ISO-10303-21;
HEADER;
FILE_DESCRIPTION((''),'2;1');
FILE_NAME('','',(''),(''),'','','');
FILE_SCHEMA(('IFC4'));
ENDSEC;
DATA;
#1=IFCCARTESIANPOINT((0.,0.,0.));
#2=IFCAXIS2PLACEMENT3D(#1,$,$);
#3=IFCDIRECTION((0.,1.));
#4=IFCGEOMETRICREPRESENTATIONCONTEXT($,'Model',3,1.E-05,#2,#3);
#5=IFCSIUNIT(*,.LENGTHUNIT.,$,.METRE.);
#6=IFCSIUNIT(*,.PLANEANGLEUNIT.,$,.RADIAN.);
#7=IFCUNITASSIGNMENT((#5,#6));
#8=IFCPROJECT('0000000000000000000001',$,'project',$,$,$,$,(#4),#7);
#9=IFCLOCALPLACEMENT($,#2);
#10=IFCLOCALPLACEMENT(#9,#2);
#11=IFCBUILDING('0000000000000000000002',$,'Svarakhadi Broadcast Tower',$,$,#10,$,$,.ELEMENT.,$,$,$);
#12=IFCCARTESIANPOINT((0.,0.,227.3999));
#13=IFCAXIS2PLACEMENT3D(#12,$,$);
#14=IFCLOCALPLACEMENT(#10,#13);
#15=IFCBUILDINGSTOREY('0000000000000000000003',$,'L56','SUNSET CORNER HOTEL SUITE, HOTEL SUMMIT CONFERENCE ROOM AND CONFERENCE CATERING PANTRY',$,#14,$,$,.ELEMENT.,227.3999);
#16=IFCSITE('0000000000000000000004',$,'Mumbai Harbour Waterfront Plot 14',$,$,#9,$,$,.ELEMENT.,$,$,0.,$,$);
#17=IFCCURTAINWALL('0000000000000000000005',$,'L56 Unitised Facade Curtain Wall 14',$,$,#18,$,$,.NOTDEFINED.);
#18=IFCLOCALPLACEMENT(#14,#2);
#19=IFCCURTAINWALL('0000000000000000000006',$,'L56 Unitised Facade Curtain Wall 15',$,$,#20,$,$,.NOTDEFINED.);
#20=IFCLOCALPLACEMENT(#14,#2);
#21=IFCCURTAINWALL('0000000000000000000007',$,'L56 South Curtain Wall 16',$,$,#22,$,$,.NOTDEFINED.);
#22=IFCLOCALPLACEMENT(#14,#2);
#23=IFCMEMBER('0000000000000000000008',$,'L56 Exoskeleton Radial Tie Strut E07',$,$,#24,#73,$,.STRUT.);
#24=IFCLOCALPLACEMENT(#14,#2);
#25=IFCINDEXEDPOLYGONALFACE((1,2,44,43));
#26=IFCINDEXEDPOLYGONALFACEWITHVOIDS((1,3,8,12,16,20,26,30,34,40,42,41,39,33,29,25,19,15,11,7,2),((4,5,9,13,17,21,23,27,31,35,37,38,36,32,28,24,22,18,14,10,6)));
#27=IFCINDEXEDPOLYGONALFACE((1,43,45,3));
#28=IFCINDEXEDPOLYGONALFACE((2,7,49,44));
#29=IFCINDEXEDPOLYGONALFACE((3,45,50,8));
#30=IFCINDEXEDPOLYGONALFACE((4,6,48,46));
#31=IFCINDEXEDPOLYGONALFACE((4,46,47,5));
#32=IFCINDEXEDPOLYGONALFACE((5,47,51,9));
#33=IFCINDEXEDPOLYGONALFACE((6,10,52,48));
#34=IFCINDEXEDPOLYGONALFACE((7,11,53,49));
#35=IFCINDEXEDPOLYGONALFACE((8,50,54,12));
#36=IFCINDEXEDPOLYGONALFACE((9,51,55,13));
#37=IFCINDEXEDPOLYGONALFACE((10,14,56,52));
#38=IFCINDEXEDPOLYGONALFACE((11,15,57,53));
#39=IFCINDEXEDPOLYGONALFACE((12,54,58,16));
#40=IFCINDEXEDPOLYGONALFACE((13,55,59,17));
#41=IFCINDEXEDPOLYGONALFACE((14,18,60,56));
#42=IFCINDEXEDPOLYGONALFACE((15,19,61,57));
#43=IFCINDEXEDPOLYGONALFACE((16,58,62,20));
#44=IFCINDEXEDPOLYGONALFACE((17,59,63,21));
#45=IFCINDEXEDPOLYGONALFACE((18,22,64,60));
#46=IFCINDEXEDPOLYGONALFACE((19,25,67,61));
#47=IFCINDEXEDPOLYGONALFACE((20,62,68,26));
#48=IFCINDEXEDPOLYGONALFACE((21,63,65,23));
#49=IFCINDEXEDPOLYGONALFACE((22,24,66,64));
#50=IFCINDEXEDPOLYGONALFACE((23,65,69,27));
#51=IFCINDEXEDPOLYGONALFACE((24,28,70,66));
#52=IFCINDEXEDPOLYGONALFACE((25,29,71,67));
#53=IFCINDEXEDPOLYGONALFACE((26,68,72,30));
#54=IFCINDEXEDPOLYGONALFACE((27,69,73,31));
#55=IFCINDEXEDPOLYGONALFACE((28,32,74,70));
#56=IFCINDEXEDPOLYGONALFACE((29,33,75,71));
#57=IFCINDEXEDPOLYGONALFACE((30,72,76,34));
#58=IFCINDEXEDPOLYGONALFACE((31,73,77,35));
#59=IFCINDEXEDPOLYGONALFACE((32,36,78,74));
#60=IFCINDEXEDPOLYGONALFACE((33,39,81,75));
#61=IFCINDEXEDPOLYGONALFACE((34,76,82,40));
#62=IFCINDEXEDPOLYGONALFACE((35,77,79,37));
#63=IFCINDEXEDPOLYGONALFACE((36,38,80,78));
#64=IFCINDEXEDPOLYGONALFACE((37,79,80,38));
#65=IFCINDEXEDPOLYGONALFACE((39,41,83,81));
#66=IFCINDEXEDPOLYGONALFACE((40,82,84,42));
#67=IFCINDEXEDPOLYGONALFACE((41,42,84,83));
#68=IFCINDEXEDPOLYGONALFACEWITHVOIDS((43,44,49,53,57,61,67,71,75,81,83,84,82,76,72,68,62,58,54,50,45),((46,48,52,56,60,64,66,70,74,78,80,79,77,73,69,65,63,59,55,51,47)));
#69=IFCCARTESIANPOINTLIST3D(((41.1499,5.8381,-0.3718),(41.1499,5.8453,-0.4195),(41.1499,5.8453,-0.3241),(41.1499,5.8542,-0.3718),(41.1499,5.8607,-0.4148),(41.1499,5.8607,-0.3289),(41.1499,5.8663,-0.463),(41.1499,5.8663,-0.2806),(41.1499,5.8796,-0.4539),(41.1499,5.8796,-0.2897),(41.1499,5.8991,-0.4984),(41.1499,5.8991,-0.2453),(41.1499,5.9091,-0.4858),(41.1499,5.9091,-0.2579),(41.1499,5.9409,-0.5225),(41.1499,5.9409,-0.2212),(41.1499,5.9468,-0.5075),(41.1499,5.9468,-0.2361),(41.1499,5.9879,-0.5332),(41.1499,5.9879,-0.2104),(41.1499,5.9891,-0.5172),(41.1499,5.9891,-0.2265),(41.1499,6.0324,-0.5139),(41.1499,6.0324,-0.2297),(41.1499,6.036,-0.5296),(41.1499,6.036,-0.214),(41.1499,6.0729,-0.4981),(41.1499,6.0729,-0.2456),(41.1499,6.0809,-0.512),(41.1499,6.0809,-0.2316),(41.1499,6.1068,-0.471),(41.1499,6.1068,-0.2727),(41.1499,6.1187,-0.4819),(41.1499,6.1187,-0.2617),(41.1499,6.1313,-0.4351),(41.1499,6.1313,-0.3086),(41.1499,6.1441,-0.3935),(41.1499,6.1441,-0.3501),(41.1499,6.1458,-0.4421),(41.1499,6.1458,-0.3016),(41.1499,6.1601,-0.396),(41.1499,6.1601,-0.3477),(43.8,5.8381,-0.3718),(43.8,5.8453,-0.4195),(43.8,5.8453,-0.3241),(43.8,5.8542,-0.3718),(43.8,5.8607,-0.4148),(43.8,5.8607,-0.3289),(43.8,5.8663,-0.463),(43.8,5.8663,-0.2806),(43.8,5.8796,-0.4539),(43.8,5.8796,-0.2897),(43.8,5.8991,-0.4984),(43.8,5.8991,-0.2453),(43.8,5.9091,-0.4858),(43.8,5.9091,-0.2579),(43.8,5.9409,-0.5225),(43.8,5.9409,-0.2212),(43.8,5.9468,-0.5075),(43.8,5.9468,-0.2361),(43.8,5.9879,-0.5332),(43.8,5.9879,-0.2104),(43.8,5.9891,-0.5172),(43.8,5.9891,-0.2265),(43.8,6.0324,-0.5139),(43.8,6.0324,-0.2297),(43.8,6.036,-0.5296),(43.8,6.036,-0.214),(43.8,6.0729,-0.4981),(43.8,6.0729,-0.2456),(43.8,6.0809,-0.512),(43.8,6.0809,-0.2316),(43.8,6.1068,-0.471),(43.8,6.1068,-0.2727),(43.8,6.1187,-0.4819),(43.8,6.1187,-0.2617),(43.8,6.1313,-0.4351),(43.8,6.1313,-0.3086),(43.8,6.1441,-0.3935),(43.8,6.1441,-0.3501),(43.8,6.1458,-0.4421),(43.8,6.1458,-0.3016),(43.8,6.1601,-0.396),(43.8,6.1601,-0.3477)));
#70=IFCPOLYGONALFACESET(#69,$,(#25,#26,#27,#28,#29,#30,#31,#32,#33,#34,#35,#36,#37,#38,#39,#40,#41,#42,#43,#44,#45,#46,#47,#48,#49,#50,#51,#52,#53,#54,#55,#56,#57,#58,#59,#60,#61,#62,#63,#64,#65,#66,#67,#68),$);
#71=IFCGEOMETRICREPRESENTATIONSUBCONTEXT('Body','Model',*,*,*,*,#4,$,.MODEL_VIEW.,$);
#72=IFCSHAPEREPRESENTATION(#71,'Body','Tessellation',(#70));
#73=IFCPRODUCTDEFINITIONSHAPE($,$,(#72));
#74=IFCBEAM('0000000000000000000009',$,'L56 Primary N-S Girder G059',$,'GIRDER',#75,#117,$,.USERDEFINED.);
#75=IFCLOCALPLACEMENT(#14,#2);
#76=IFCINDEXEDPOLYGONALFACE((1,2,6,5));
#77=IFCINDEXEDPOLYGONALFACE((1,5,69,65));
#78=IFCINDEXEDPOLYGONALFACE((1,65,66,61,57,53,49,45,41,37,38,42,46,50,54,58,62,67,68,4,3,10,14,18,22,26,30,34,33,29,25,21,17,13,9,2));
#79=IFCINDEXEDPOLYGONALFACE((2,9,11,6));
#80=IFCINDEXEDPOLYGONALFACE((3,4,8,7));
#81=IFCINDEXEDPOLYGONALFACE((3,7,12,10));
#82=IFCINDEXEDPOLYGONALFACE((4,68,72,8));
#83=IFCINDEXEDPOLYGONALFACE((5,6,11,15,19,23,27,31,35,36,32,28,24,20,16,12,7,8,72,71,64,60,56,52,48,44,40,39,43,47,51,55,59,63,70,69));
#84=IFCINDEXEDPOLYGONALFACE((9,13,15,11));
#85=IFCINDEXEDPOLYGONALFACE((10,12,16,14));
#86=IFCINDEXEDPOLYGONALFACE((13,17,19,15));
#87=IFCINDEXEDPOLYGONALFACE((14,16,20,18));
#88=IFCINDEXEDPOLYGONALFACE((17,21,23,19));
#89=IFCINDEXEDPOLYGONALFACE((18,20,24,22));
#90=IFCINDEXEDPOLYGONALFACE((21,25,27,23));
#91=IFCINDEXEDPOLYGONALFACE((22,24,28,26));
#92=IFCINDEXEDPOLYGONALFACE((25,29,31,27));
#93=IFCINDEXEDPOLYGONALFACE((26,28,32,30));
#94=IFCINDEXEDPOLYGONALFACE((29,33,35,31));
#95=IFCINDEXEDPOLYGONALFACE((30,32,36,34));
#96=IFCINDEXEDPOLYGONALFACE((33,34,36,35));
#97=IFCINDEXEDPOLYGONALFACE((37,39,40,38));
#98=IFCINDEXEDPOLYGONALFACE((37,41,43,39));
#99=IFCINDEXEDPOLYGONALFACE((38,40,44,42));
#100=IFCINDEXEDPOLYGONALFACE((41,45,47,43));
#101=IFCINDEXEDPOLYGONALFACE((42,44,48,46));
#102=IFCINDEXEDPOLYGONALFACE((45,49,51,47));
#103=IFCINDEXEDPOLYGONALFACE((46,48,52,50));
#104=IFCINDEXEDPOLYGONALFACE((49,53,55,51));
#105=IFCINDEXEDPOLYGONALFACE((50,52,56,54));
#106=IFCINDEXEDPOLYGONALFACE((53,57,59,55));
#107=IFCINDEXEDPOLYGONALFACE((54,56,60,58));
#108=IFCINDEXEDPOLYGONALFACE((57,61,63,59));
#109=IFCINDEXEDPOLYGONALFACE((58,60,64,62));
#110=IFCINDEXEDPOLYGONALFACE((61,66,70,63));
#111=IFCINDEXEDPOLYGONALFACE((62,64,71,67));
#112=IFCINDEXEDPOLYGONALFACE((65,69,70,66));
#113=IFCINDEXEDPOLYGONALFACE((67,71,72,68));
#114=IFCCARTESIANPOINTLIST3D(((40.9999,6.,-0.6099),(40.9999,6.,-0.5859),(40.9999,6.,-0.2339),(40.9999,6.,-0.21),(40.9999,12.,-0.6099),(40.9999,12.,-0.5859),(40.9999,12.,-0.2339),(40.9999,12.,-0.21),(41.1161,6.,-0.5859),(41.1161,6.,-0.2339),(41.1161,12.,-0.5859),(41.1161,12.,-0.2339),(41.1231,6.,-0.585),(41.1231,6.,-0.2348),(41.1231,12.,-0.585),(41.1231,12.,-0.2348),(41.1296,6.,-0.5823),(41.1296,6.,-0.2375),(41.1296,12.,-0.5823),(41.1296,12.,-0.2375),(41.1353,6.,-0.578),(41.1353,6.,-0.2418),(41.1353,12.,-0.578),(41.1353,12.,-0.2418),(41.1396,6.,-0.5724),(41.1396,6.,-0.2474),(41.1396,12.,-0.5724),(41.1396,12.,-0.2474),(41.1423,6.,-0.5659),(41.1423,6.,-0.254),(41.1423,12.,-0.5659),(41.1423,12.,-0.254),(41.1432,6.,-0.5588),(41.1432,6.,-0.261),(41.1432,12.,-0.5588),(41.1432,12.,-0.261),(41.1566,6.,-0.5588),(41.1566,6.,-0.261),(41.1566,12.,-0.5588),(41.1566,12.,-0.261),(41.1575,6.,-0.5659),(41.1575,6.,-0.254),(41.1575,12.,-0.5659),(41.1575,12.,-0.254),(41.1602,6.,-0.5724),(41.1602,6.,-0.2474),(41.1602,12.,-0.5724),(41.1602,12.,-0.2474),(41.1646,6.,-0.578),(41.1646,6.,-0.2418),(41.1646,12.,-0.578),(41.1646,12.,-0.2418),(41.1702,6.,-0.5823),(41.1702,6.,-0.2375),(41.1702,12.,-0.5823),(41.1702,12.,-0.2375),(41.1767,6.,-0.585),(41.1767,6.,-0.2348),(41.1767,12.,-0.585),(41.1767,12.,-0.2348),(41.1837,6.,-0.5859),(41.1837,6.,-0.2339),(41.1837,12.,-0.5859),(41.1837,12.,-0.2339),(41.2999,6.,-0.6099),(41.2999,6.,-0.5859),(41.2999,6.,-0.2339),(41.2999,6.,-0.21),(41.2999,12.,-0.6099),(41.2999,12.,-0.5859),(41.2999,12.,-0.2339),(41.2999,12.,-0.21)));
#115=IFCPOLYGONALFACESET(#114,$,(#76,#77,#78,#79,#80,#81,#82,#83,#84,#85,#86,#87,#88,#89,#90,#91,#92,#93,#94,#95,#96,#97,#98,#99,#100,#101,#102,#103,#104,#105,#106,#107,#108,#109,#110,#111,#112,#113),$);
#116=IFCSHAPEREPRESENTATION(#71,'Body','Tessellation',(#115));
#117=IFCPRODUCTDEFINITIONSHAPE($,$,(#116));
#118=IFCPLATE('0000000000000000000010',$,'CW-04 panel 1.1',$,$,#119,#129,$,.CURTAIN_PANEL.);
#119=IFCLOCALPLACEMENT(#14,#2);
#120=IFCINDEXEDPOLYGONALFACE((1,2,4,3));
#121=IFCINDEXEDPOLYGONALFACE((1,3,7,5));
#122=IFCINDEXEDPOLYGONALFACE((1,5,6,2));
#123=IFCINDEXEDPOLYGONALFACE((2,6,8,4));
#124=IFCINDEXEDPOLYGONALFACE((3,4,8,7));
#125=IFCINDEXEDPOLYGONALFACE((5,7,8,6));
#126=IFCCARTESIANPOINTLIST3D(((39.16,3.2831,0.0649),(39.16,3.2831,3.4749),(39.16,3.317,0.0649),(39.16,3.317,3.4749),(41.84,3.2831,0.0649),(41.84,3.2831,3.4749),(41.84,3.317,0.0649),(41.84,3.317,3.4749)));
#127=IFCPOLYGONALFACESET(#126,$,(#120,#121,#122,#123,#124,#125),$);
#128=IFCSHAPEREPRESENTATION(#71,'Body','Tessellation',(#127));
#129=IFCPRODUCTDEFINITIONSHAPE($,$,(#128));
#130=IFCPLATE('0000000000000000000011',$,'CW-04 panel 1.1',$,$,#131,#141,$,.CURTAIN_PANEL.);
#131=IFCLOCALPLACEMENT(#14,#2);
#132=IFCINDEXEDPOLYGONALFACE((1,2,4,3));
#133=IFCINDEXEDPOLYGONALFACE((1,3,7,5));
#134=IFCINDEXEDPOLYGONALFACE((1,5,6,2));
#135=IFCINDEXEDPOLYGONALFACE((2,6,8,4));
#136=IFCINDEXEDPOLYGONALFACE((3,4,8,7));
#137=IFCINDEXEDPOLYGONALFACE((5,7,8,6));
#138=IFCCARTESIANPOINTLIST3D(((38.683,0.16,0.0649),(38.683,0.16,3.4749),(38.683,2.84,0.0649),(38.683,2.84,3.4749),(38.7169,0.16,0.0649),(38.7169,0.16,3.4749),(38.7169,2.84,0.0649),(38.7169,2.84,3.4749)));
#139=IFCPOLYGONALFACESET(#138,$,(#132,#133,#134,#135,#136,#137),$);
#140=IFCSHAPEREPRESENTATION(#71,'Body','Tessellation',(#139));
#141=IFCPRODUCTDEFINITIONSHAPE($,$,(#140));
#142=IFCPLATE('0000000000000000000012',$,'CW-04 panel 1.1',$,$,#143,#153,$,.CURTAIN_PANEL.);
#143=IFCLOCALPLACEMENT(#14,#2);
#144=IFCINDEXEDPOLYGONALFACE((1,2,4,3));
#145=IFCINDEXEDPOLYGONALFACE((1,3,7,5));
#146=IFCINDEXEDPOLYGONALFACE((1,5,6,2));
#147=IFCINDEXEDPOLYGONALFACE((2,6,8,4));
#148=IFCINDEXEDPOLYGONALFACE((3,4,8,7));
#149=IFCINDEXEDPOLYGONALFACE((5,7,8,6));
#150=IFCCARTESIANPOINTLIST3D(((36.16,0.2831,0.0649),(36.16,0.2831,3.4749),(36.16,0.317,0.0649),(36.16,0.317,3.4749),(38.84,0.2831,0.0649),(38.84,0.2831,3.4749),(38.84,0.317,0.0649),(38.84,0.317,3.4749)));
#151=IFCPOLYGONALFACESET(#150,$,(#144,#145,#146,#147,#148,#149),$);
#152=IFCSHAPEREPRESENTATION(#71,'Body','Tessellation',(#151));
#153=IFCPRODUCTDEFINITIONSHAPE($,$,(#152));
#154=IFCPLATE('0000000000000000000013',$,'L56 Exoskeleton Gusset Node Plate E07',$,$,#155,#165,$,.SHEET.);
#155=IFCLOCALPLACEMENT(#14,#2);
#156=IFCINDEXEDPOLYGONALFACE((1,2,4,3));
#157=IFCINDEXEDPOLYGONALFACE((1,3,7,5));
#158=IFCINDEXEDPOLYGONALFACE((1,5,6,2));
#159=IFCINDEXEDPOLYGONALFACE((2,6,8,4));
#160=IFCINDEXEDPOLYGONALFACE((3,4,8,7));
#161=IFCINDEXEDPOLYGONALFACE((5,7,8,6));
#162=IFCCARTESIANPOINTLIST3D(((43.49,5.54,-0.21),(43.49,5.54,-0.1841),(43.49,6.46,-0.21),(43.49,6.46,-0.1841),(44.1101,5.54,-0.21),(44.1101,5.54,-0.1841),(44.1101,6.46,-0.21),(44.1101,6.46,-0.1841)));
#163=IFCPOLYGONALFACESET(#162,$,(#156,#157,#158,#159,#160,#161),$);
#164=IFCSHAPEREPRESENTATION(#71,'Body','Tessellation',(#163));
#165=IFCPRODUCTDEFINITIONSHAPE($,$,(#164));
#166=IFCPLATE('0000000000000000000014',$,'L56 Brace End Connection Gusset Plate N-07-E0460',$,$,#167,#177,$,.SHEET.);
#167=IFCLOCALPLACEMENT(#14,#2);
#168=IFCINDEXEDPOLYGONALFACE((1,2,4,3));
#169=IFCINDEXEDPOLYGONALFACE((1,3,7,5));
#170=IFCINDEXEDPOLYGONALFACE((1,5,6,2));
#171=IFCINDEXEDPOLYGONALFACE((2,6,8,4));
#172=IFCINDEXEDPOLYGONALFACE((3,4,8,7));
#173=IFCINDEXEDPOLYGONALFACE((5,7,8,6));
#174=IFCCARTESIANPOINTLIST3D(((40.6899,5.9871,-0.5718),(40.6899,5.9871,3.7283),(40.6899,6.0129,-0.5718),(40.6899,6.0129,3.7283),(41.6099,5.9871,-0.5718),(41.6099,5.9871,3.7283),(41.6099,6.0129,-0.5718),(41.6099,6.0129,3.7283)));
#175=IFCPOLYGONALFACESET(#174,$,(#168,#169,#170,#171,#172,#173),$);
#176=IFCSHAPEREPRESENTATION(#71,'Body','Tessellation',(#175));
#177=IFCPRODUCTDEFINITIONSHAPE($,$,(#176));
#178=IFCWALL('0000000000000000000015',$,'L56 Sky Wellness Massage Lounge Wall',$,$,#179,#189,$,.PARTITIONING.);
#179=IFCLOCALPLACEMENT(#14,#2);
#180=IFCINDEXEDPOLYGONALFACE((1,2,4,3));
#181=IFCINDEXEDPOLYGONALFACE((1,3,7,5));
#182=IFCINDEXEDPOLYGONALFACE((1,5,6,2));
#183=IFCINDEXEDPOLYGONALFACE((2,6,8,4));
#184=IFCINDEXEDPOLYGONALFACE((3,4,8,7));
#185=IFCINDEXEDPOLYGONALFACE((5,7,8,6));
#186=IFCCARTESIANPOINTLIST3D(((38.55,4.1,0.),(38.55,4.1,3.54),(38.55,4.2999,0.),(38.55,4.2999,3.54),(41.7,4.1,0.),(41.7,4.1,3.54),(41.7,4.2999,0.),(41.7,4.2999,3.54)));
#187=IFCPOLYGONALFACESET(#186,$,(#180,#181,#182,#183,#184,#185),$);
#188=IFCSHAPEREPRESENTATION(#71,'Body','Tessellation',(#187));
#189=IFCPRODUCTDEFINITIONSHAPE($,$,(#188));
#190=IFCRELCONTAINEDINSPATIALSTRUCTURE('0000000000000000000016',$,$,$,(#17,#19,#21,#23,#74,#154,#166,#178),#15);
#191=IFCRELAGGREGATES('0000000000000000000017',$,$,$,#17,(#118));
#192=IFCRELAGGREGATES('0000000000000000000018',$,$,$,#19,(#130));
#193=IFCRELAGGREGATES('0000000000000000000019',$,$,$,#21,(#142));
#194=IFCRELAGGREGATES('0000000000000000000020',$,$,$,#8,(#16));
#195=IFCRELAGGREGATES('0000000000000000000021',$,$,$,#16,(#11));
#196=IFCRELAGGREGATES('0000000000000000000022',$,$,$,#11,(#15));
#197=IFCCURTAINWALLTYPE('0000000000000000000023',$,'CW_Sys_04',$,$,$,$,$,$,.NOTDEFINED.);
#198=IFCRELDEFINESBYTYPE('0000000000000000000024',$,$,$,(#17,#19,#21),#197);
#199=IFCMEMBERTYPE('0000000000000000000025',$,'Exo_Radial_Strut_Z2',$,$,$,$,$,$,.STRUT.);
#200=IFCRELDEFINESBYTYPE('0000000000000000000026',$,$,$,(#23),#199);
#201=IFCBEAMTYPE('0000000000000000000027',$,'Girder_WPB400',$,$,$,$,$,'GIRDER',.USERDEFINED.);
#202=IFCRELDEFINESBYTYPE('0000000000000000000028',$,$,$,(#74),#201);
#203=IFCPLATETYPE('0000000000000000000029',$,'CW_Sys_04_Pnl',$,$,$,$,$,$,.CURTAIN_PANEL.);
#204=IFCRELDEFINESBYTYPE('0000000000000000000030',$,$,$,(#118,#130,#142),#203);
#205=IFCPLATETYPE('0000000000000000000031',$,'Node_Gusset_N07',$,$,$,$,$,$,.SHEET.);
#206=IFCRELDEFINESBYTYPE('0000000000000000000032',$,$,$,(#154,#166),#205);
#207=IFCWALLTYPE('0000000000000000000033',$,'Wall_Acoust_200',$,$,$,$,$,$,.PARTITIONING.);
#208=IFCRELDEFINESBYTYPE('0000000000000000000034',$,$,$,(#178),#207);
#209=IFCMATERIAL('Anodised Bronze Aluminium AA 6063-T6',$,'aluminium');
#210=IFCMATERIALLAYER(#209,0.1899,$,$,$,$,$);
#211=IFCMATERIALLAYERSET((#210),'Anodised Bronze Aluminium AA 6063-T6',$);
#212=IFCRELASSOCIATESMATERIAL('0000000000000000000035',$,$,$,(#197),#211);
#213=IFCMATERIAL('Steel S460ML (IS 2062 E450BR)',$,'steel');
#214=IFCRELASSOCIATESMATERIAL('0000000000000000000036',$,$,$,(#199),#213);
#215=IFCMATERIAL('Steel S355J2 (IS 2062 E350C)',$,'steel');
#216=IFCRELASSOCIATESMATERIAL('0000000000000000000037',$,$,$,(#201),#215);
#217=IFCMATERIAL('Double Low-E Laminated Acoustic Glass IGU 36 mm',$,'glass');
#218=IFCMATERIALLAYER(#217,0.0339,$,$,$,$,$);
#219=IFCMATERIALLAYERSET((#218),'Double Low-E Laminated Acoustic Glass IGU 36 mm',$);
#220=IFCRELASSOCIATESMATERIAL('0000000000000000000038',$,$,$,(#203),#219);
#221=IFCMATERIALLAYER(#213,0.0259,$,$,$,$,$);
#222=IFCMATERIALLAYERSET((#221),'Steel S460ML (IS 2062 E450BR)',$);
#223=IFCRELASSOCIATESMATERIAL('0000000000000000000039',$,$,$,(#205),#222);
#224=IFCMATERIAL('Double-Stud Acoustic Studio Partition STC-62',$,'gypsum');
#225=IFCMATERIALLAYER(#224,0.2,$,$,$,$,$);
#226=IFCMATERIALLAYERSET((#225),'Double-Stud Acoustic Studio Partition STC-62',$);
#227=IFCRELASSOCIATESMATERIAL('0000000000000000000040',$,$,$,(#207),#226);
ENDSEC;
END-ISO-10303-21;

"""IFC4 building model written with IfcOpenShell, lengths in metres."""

from ifc_helpers import new_model, si_unit, direction, frame, frame_2d, origin, origin_2d, place, context, subcontext, project, spatial, rectangle, hollow_circle, i_section, extrude, material, layer, layer_set, material_profile, profile_set, type_object, element, aggregate, save


model = new_model("IFC4")

# Units and contexts
model_context = context("Model", 3, precision=1e-05, world=origin(), true_north=direction((0.0, 1.0)))
body_context = subcontext(model_context, "Body", "Model", "MODEL_VIEW")
ifc_project = project(units=[si_unit("LENGTHUNIT", "METRE"), si_unit("PLANEANGLEUNIT", "RADIAN")], contexts=[model_context])

# Site, building, storey
site_placement = place(None, origin())
site = spatial("IfcSite", under=ifc_project, at=site_placement, Name="Mumbai Harbour Waterfront Plot 14", CompositionType="ELEMENT", RefElevation=0.0)
building_placement = place(site_placement, origin())
building = spatial("IfcBuilding", under=site, at=building_placement, Name="Svarakhadi Broadcast Tower", CompositionType="ELEMENT")
storey_placement = place(building_placement, frame((0.0, 0.0, 227.3999)))
storey = spatial("IfcBuildingStorey", under=building, at=storey_placement, Name="L56", Description="SUNSET CORNER HOTEL SUITE, HOTEL SUMMIT CONFERENCE ROOM AND CONFERENCE CATERING PANTRY", CompositionType="ELEMENT", Elevation=227.3999)

# Shared definitions
ifc_material_1 = material(Name="Steel S460ML (IS 2062 E450BR)", Category="steel")

# Shared definitions
ifc_material_2 = material(Name="Anodised Bronze Aluminium AA 6063-T6", Category="aluminium")
ifc_layer_1 = layer(ifc_material_2, 0.1899)
ifc_layer_set_1 = layer_set([ifc_layer_1], Name="Anodised Bronze Aluminium AA 6063-T6")
curtain_wall_type = type_object("IfcCurtainWallType", Name="CW_Sys_04", PredefinedType="NOTDEFINED", material=ifc_layer_set_1)

# Curtain walls
curtain_wall_1_placement = place(storey_placement, origin())
curtain_wall_1 = element("IfcCurtainWall", 1, at=curtain_wall_1_placement, inside=storey, type_object=curtain_wall_type, Name="L56 Unitised Facade Curtain Wall 14", PredefinedType="NOTDEFINED")
curtain_wall_2_placement = place(storey_placement, origin())
curtain_wall_2 = element("IfcCurtainWall", 2, at=curtain_wall_2_placement, inside=storey, type_object=curtain_wall_type, Name="L56 Unitised Facade Curtain Wall 15", PredefinedType="NOTDEFINED")
curtain_wall_3_placement = place(storey_placement, origin())
curtain_wall_3 = element("IfcCurtainWall", 3, at=curtain_wall_3_placement, inside=storey, type_object=curtain_wall_type, Name="L56 South Curtain Wall 16", PredefinedType="NOTDEFINED")

# Member
ifc_material_profile_1 = material_profile(ifc_material_1, hollow_circle(Radius=0.1619, WallThickness=0.0161, at=origin_2d()), Name="CHS 323.9x16")
ifc_profile_set_1 = profile_set([ifc_material_profile_1], Name="Steel S460ML (IS 2062 E450BR)")
member_type_1 = type_object("IfcMemberType", Name="Exo_Radial_Strut_Z2", PredefinedType="STRUT", material=ifc_profile_set_1)
member_1_placement = place(storey_placement, frame((43.8, 6.0, -0.3718), z_axis=(-1.0, 0.0, 0.0), x_axis=(0.0, -1.0, 0.0)))
element("IfcMember", 4, at=member_1_placement, inside=storey, type_object=member_type_1, Name="L56 Exoskeleton Radial Tie Strut E07", PredefinedType="STRUT", context=body_context, shape_type="SweptSolid", body=[
    extrude(hollow_circle(Radius=0.1619, WallThickness=0.0161, at=origin_2d()), origin(), (0.0, 0.0, 1.0), 2.6501),
])

# Beam
ifc_material_3 = material(Name="Steel S355J2 (IS 2062 E350C)", Category="steel")
ifc_material_profile_2 = material_profile(ifc_material_3, i_section(OverallWidth=0.3, OverallDepth=0.3999, WebThickness=0.0134, FlangeThickness=0.0239, FilletRadius=0.0271, at=origin_2d()), Name="WPB 400x300x155")
ifc_profile_set_2 = profile_set([ifc_material_profile_2], Name="Steel S355J2 (IS 2062 E350C)")
beam_type = type_object("IfcBeamType", Name="Girder_WPB400", ElementType="GIRDER", PredefinedType="USERDEFINED", material=ifc_profile_set_2)
beam_placement = place(storey_placement, frame((41.1499, 6.0, -0.4099), z_axis=(0.0, 1.0, 0.0), x_axis=(-1.0, 0.0, 0.0)))
element("IfcBeam", 5, at=beam_placement, inside=storey, type_object=beam_type, Name="L56 Primary N-S Girder G059", ObjectType="GIRDER", PredefinedType="USERDEFINED", context=body_context, shape_type="SweptSolid", body=[
    extrude(i_section(OverallWidth=0.3, OverallDepth=0.3999, WebThickness=0.0134, FlangeThickness=0.0239, FilletRadius=0.0271, at=origin_2d()), origin(), (0.0, 0.0, 1.0), 6.0),
])

# Plates
ifc_material_4 = material(Name="Double Low-E Laminated Acoustic Glass IGU 36 mm", Category="glass")
ifc_layer_2 = layer(ifc_material_4, 0.0339)
ifc_layer_set_2 = layer_set([ifc_layer_2], Name="Double Low-E Laminated Acoustic Glass IGU 36 mm")
plate_type_1 = type_object("IfcPlateType", Name="CW_Sys_04_Pnl", PredefinedType="CURTAIN_PANEL", material=ifc_layer_set_2)
plate_1_placement = place(storey_placement, frame((40.5, 3.3, 0.0649), z_axis=(0.0, 0.0, 1.0), x_axis=(-1.0, 0.0, 0.0)))
plate_1 = element("IfcPlate", 6, at=plate_1_placement, type_object=plate_type_1, Name="CW-04 panel 1.1", PredefinedType="CURTAIN_PANEL", context=body_context, shape_type="SweptSolid", body=[
    extrude(rectangle(XDim=2.6799, YDim=0.0339, at=origin_2d()), origin(), (0.0, 0.0, 1.0), 3.4099),
])
aggregate(curtain_wall_1, [plate_1])
plate_2_placement = place(storey_placement, frame((38.7, 1.5, 0.0649), z_axis=(0.0, 0.0, 1.0), x_axis=(0.0, -1.0, 0.0)))
plate_2 = element("IfcPlate", 7, at=plate_2_placement, type_object=plate_type_1, Name="CW-04 panel 1.1", PredefinedType="CURTAIN_PANEL", context=body_context, shape_type="SweptSolid", body=[
    extrude(rectangle(XDim=2.6799, YDim=0.0339, at=origin_2d()), origin(), (0.0, 0.0, 1.0), 3.4099),
])
aggregate(curtain_wall_2, [plate_2])
plate_3_placement = place(storey_placement, frame((37.5, 0.3, 0.0649), z_axis=(0.0, 0.0, 1.0), x_axis=(-1.0, 0.0, 0.0)))
plate_3 = element("IfcPlate", 8, at=plate_3_placement, type_object=plate_type_1, Name="CW-04 panel 1.1", PredefinedType="CURTAIN_PANEL", context=body_context, shape_type="SweptSolid", body=[
    extrude(rectangle(XDim=2.6799, YDim=0.0339, at=origin_2d()), origin(), (0.0, 0.0, 1.0), 3.4099),
])
aggregate(curtain_wall_3, [plate_3])

# Plates
ifc_layer_3 = layer(ifc_material_1, 0.0259)
ifc_layer_set_3 = layer_set([ifc_layer_3], Name="Steel S460ML (IS 2062 E450BR)")
plate_type_2 = type_object("IfcPlateType", Name="Node_Gusset_N07", PredefinedType="SHEET", material=ifc_layer_set_3)
plate_4_placement = place(storey_placement, frame((43.8, 6.0, -0.21), z_axis=(0.0, 0.0, 1.0), x_axis=(0.0, 1.0, 0.0)))
element("IfcPlate", 9, at=plate_4_placement, inside=storey, type_object=plate_type_2, Name="L56 Exoskeleton Gusset Node Plate E07", PredefinedType="SHEET", context=body_context, shape_type="SweptSolid", body=[
    extrude(rectangle(XDim=0.9199, YDim=0.6201, at=origin_2d()), origin(), (0.0, 0.0, 1.0), 0.0259),
])
plate_5_placement = place(storey_placement, frame((41.1499, 6.0, -0.5718), z_axis=(0.0, 0.0, 1.0), x_axis=(1.0, 0.0, 0.0)))
element("IfcPlate", 10, at=plate_5_placement, inside=storey, type_object=plate_type_2, Name="L56 Brace End Connection Gusset Plate N-07-E0460", PredefinedType="SHEET", context=body_context, shape_type="SweptSolid", body=[
    extrude(rectangle(XDim=0.9199, YDim=0.0259, at=origin_2d()), origin(), (0.0, 0.0, 1.0), 4.3),
])

# Wall
ifc_material_5 = material(Name="Double-Stud Acoustic Studio Partition STC-62", Category="gypsum")
ifc_layer_4 = layer(ifc_material_5, 0.2)
ifc_layer_set_4 = layer_set([ifc_layer_4], Name="Double-Stud Acoustic Studio Partition STC-62")
wall_type_1 = type_object("IfcWallType", Name="Wall_Acoust_200", PredefinedType="PARTITIONING", material=ifc_layer_set_4)
wall_1_placement = place(storey_placement, frame((38.55, 4.2, 0.0), z_axis=(0.0, 0.0, 1.0), x_axis=(1.0, 0.0, 0.0)))
element("IfcWall", 11, at=wall_1_placement, inside=storey, type_object=wall_type_1, Name="L56 Sky Wellness Massage Lounge Wall", PredefinedType="PARTITIONING", context=body_context, shape_type="SweptSolid", body=[
    extrude(rectangle(XDim=3.1499, YDim=0.2, at=frame_2d((1.575, 0.0))), origin(), (0.0, 0.0, 1.0), 3.54),
])

save(model, "model.ifc")
